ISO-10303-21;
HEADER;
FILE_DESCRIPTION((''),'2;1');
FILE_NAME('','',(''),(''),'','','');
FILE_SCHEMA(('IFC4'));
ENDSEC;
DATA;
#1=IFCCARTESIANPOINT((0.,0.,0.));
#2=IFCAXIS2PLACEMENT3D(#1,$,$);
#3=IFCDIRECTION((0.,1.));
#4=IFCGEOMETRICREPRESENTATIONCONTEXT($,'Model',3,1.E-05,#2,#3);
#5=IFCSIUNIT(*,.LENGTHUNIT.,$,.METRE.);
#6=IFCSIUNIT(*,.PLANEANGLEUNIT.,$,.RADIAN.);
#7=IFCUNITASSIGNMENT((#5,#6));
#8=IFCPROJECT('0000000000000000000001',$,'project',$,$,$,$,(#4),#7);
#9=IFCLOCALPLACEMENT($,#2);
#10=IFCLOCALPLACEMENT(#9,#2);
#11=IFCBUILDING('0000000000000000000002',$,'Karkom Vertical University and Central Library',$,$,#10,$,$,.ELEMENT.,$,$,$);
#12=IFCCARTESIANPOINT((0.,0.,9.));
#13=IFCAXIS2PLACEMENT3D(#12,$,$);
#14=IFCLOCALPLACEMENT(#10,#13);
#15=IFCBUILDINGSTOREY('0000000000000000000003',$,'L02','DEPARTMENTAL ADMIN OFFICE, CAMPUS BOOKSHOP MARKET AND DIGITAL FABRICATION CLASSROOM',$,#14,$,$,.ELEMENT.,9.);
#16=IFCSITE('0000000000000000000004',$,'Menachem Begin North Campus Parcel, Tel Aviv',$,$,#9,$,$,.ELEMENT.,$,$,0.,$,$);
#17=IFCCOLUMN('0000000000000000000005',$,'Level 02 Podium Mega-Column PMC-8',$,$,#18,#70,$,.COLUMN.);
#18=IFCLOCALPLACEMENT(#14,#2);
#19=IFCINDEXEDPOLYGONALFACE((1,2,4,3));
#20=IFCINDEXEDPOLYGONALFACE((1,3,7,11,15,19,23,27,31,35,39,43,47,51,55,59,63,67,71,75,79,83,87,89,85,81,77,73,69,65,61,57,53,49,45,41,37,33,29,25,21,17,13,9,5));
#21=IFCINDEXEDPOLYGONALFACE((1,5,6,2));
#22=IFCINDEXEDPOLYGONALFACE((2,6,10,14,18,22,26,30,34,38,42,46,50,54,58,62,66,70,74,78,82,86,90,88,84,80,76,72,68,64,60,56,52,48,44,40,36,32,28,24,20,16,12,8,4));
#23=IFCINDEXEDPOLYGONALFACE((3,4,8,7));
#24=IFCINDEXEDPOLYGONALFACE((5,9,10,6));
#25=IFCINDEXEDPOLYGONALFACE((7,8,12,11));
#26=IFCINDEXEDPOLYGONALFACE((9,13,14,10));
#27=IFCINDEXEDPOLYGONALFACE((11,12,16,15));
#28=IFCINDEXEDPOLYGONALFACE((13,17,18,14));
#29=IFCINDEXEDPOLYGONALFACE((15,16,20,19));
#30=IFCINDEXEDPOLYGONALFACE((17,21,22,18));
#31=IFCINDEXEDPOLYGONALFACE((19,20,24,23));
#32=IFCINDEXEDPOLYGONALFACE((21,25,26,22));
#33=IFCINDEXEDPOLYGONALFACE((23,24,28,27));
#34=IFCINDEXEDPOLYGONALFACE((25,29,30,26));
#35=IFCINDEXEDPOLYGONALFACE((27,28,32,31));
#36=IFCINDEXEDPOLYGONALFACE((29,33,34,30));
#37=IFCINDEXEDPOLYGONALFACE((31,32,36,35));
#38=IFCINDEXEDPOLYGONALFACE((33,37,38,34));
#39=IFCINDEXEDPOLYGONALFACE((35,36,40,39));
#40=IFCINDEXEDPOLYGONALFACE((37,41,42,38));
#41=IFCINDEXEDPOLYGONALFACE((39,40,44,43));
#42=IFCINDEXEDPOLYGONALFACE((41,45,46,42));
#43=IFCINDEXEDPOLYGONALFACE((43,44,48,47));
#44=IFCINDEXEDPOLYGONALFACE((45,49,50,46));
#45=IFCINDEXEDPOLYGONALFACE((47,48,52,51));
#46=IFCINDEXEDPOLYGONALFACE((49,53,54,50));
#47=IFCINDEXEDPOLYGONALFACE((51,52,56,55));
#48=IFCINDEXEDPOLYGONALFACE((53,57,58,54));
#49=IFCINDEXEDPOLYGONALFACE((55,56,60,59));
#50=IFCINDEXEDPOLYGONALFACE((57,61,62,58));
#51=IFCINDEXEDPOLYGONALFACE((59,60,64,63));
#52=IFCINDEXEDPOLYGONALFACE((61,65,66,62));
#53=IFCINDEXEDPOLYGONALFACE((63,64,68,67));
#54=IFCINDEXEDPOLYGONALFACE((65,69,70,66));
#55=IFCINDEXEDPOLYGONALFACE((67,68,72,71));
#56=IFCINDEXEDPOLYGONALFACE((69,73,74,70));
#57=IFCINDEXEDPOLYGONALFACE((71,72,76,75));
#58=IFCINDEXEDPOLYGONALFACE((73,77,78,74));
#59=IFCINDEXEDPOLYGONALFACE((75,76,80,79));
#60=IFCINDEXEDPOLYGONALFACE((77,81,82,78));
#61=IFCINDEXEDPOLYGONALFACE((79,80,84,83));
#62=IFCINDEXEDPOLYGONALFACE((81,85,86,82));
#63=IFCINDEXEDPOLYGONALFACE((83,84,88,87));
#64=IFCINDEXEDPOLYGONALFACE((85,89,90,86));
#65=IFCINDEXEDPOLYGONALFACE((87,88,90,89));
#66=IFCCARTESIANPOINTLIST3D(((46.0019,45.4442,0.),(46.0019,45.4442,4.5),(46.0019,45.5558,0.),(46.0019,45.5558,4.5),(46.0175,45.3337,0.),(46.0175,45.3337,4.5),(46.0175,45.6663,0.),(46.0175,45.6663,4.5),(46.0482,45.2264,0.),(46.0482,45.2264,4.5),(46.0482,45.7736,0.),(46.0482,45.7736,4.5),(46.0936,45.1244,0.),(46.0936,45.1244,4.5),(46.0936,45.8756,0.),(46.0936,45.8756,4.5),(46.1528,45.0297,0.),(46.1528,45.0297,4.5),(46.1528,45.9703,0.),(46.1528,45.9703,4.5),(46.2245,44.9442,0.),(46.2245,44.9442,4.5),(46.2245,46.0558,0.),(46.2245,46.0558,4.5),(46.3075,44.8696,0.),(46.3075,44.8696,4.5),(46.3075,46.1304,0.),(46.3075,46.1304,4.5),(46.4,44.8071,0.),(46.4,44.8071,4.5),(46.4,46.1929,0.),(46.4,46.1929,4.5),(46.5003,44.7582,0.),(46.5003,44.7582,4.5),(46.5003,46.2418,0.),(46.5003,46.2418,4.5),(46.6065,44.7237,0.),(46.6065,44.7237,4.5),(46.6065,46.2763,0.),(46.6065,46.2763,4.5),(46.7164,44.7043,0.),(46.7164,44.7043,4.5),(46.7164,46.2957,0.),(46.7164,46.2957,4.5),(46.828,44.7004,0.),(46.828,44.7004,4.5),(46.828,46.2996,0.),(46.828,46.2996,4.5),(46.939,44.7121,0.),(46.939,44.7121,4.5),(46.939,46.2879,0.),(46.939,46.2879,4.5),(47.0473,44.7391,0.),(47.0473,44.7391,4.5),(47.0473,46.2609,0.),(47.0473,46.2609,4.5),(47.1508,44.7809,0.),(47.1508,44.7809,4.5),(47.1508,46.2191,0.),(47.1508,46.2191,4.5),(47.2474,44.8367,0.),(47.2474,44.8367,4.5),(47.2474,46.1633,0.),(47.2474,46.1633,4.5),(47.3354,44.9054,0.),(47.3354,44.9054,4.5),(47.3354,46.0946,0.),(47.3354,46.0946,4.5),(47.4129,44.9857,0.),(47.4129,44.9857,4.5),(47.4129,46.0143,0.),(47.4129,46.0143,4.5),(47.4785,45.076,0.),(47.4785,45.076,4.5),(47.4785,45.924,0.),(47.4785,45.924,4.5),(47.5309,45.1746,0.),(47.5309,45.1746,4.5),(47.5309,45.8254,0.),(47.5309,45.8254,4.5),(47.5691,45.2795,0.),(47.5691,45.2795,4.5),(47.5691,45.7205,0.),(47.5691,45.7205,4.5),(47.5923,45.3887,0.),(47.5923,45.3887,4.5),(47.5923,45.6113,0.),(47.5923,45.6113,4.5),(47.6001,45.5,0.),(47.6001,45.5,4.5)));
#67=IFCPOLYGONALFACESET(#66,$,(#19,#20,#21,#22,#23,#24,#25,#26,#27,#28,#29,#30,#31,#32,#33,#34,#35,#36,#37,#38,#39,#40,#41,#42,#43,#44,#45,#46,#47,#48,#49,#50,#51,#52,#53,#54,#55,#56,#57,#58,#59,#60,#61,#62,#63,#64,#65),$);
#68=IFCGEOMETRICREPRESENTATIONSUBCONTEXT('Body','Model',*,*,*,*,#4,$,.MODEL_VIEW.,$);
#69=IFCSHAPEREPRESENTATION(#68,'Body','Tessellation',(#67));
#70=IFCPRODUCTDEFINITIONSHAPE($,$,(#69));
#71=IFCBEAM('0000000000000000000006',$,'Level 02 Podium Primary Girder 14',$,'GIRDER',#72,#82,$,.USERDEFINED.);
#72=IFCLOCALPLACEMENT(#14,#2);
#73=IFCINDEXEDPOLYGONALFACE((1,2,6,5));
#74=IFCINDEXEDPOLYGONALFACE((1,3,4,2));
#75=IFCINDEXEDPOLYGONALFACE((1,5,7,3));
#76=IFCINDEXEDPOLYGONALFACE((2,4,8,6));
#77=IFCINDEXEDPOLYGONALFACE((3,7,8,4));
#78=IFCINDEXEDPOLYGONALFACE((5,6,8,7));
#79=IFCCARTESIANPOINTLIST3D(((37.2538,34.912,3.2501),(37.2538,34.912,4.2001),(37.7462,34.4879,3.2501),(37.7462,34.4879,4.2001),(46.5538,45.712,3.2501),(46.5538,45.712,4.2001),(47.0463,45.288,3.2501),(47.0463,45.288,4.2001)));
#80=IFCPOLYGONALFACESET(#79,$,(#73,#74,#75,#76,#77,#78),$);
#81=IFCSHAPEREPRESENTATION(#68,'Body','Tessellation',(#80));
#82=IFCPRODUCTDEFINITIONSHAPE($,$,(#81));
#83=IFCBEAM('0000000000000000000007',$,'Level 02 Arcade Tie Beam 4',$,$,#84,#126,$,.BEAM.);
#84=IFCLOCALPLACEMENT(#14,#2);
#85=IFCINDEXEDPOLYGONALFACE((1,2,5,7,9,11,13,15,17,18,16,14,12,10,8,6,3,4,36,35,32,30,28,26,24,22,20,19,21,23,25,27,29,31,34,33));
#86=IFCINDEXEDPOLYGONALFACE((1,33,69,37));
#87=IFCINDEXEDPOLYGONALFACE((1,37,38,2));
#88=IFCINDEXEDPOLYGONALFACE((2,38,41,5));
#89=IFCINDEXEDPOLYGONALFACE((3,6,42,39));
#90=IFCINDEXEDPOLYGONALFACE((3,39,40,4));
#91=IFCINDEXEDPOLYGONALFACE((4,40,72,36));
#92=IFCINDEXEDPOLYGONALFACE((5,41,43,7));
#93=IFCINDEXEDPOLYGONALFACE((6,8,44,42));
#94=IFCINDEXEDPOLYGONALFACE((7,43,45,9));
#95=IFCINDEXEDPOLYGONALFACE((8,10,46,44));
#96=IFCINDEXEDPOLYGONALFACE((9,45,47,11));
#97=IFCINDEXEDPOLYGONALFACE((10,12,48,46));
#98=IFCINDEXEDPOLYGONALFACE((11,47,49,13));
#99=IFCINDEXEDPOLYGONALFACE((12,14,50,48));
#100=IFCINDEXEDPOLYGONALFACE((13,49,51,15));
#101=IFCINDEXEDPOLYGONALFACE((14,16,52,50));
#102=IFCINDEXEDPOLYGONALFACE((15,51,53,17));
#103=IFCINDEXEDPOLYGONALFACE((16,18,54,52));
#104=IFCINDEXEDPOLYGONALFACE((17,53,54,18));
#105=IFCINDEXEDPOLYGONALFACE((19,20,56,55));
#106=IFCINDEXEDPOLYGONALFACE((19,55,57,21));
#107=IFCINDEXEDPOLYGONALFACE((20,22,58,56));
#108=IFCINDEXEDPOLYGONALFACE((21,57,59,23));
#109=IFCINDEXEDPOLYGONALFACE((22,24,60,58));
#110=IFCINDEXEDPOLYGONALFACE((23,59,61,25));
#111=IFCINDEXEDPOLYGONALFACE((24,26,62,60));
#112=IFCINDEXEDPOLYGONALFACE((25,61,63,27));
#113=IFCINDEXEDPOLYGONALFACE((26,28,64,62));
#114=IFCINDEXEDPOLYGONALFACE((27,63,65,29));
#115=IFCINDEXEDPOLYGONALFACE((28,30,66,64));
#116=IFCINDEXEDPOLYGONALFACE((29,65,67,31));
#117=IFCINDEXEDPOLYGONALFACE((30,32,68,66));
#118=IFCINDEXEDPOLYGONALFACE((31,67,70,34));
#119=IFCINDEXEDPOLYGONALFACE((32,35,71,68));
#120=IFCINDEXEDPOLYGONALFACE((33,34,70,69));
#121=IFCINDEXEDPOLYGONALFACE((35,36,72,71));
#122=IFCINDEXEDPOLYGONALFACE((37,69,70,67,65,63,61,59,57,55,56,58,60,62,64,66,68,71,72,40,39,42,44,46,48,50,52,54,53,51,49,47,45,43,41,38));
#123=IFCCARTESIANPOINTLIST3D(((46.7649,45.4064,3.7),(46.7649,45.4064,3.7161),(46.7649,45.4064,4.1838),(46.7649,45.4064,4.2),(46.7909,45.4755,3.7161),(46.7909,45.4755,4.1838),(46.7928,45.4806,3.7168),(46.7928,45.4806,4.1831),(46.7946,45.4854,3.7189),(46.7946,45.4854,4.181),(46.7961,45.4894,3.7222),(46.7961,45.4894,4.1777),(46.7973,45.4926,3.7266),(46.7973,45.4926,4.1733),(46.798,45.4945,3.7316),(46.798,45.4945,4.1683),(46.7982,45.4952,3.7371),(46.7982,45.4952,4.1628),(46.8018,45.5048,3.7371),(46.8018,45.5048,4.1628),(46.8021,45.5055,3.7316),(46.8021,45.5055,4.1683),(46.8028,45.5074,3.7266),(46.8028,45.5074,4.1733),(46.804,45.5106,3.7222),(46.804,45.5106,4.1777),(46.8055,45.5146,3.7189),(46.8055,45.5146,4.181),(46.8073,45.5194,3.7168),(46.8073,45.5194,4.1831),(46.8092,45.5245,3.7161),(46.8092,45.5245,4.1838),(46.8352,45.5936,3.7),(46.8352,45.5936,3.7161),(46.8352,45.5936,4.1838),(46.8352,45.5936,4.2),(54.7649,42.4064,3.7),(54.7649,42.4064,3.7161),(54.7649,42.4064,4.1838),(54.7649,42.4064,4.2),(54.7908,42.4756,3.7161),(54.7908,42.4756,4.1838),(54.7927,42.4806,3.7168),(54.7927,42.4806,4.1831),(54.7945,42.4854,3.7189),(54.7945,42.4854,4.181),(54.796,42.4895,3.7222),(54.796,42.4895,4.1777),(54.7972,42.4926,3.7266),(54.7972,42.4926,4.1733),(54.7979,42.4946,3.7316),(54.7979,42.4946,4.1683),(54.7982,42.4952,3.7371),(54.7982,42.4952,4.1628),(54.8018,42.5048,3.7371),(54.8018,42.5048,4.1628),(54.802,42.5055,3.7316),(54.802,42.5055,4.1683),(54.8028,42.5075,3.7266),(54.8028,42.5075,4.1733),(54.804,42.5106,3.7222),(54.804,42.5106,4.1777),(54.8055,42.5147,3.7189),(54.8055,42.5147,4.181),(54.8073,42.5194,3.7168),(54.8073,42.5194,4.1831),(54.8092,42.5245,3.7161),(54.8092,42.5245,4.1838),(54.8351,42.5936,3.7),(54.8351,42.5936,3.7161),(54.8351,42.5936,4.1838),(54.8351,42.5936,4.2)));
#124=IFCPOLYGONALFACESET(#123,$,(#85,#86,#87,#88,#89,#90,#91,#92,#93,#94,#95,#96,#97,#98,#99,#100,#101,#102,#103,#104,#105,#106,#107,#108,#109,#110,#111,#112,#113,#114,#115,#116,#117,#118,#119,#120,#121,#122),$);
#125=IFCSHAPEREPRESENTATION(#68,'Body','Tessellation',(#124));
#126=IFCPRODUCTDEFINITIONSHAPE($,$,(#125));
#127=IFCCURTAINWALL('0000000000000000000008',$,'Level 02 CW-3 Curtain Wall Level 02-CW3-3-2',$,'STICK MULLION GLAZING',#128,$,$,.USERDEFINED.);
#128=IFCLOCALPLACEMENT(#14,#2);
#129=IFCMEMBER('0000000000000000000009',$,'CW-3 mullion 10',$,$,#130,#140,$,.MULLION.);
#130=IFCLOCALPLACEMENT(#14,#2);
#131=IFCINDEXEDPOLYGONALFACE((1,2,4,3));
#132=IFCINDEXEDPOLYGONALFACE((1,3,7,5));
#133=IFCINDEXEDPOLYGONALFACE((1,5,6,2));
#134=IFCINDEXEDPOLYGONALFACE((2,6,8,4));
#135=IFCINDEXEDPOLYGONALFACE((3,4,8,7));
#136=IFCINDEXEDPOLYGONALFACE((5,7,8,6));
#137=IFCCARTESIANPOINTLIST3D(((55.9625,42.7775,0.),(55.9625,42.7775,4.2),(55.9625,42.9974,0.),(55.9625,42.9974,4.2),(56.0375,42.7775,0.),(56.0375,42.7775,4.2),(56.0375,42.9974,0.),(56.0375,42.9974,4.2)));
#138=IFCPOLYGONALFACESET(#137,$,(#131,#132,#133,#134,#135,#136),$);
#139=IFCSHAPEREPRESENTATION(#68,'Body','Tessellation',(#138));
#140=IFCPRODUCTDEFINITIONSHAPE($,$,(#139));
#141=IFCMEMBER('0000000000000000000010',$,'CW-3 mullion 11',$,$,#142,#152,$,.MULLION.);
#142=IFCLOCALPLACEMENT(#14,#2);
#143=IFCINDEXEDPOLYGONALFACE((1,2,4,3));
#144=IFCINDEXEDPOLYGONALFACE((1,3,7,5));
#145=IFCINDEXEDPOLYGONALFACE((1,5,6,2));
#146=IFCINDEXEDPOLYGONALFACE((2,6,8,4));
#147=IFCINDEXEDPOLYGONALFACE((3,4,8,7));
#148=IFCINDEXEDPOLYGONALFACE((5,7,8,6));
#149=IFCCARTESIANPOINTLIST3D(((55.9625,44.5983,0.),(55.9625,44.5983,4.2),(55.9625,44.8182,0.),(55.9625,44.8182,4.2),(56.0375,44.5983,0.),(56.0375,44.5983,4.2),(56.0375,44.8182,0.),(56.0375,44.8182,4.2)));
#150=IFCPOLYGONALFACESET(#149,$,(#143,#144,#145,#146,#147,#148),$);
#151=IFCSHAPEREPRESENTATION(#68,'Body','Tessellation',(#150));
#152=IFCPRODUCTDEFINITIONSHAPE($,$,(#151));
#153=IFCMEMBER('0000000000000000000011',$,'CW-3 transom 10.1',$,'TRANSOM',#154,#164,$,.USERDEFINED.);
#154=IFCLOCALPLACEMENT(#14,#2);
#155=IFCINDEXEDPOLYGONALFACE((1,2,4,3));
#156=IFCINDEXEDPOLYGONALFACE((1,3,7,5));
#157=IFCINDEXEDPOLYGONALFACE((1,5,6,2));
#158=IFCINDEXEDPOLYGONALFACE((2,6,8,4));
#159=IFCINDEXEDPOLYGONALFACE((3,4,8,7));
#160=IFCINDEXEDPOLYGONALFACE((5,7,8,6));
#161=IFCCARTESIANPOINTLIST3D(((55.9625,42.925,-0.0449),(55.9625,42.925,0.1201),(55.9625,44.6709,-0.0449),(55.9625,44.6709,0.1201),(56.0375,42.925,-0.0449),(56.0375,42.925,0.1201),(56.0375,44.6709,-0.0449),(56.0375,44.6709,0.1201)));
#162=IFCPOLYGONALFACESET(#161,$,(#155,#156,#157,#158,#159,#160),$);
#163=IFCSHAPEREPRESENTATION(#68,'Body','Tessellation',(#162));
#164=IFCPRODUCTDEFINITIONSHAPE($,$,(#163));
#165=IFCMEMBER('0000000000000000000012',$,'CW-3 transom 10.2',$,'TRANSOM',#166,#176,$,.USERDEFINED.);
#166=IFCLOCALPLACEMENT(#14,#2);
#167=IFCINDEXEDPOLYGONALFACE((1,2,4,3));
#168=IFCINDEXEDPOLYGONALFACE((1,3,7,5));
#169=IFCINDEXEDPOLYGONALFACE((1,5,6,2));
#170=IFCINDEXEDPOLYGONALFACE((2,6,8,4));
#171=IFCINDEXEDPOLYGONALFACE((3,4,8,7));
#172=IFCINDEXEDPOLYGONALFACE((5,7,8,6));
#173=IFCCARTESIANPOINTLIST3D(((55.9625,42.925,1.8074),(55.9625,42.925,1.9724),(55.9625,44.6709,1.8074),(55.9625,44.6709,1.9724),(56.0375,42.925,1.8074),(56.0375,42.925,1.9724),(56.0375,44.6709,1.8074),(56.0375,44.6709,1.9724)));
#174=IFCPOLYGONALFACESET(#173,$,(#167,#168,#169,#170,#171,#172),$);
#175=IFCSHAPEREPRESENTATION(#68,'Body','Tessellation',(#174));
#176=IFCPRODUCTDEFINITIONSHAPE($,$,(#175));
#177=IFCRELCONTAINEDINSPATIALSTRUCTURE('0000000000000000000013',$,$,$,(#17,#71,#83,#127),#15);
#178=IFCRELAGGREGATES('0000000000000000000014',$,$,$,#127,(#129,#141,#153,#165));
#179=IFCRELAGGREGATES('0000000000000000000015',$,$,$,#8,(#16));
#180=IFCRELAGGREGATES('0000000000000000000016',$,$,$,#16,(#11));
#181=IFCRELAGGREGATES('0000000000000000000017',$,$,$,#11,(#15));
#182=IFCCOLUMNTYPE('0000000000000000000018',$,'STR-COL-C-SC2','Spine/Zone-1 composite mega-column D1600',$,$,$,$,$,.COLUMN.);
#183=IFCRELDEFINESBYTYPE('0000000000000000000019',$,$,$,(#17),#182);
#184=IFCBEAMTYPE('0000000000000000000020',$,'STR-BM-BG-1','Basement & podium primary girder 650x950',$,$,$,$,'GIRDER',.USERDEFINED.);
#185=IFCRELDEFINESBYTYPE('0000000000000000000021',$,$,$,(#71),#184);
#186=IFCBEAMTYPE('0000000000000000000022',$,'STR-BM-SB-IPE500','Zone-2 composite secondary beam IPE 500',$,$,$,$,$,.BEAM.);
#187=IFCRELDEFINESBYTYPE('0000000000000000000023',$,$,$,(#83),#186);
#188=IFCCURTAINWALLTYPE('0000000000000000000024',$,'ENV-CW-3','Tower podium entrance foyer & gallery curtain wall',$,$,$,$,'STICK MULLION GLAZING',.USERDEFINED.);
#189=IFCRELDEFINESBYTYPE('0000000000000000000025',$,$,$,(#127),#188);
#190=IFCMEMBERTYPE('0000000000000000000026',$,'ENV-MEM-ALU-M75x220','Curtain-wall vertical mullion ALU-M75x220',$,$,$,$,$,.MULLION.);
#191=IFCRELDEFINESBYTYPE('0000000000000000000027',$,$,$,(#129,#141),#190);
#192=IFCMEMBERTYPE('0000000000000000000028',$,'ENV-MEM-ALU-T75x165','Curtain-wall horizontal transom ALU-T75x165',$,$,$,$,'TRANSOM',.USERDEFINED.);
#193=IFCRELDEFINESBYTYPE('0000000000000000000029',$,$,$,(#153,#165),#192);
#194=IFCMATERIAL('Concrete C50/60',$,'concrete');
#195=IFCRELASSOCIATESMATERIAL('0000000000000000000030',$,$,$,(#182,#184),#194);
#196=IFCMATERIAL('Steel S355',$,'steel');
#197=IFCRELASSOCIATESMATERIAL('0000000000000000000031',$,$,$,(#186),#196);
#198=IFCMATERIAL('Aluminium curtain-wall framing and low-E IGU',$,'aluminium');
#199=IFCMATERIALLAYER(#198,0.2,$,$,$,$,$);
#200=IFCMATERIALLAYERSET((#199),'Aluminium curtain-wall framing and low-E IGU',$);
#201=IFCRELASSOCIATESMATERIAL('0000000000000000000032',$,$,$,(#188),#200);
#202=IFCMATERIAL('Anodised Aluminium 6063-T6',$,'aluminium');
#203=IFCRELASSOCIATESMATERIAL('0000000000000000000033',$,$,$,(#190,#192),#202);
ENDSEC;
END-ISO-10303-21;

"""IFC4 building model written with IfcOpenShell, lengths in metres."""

from ifc_helpers import new_model, si_unit, direction, frame, origin, origin_with_axes, origin_2d, place, context, subcontext, project, spatial, rectangle, circle, i_section, extrude, source, transform, mapped, material, layer, layer_set, material_profile, profile_set, type_object, element, aggregate, save


model = new_model("IFC4")

# Units and contexts
model_context = context("Model", 3, precision=1e-05, world=origin(), true_north=direction((0.0, 1.0)))
body_context = subcontext(model_context, "Body", "Model", "MODEL_VIEW")
ifc_project = project(units=[si_unit("LENGTHUNIT", "METRE"), si_unit("PLANEANGLEUNIT", "RADIAN")], contexts=[model_context])

# Site, building, storey
site_placement = place(None, origin())
site = spatial("IfcSite", under=ifc_project, at=site_placement, Name="Menachem Begin North Campus Parcel, Tel Aviv", CompositionType="ELEMENT", RefElevation=0.0)
building_placement = place(site_placement, origin())
building = spatial("IfcBuilding", under=site, at=building_placement, Name="Karkom Vertical University and Central Library", CompositionType="ELEMENT")
storey_placement = place(building_placement, frame((0.0, 0.0, 9.0)))
storey = spatial("IfcBuildingStorey", under=building, at=storey_placement, Name="L02", Description="DEPARTMENTAL ADMIN OFFICE, CAMPUS BOOKSHOP MARKET AND DIGITAL FABRICATION CLASSROOM", CompositionType="ELEMENT", Elevation=9.0)

# Column
ifc_material_1 = material(Name="Concrete C50/60", Category="concrete")
ifc_material_profile_1 = material_profile(ifc_material_1, circle(Radius=0.8, at=origin_2d()), Name="CFT-D1600")
ifc_profile_set_1 = profile_set([ifc_material_profile_1], Name="Concrete C50/60")
column_type = type_object("IfcColumnType", Name="STR-COL-C-SC2", Description="Spine/Zone-1 composite mega-column D1600", PredefinedType="COLUMN", material=ifc_profile_set_1)
shared_shape_1 = source(origin_with_axes(), body_context, "Body", "SweptSolid", [
    extrude(circle(Radius=0.8, at=origin_2d()), origin(), (0.0, 0.0, 1.0), 4.5),
])
column_placement = place(storey_placement, frame((46.8, 45.5, 0.0), z_axis=(0.0, 0.0, 1.0), x_axis=(1.0, 0.0, 0.0)))
element("IfcColumn", 1, at=column_placement, inside=storey, type_object=column_type, Name="Level 02 Podium Mega-Column PMC-8", PredefinedType="COLUMN", context=body_context, shape_type="MappedRepresentation", body=[
    mapped(shared_shape_1, transform((0.0, 0.0, 0.0), scale=1.0)),
])

# Beams
ifc_material_profile_2 = material_profile(ifc_material_1, rectangle(XDim=0.6499, YDim=0.95, at=origin_2d()), Name="RCG-650x950")
ifc_profile_set_2 = profile_set([ifc_material_profile_2], Name="Concrete C50/60")
beam_type_1 = type_object("IfcBeamType", Name="STR-BM-BG-1", Description="Basement & podium primary girder 650x950", ElementType="GIRDER", PredefinedType="USERDEFINED", material=ifc_profile_set_2)
shared_shape_2 = source(origin_with_axes(), body_context, "Body", "SweptSolid", [
    extrude(rectangle(XDim=0.6499, YDim=0.95, at=origin_2d()), origin(), (0.0, 0.0, 1.0), 14.2524),
])
beam_1_placement = place(storey_placement, frame((46.8, 45.5, 3.7251), z_axis=(-0.652523, -0.757769, 0.0), x_axis=(0.757769, -0.652523, 0.0)))
element("IfcBeam", 2, at=beam_1_placement, inside=storey, type_object=beam_type_1, Name="Level 02 Podium Primary Girder 14", ObjectType="GIRDER", PredefinedType="USERDEFINED", context=body_context, shape_type="MappedRepresentation", body=[
    mapped(shared_shape_2, transform((0.0, 0.0, 0.0), scale=1.0)),
])
ifc_material_2 = material(Name="Steel S355", Category="steel")
ifc_material_profile_3 = material_profile(ifc_material_2, i_section(OverallWidth=0.2, OverallDepth=0.5, WebThickness=0.0103, FlangeThickness=0.0161, FilletRadius=0.021, at=origin_2d()), Name="IPE 500")
ifc_profile_set_3 = profile_set([ifc_material_profile_3], Name="Steel S355")
beam_type_2 = type_object("IfcBeamType", Name="STR-BM-SB-IPE500", Description="Zone-2 composite secondary beam IPE 500", PredefinedType="BEAM", material=ifc_profile_set_3)
shared_shape_3 = source(origin_with_axes(), body_context, "Body", "SweptSolid", [
    extrude(i_section(OverallWidth=0.2, OverallDepth=0.5, WebThickness=0.0103, FlangeThickness=0.0161, FilletRadius=0.021, at=origin_2d()), origin(), (0.0, 0.0, 1.0), 8.5439),
])
beam_2_placement = place(storey_placement, frame((46.8, 45.5, 3.95), z_axis=(0.936329, -0.351123, 0.0), x_axis=(0.351123, 0.936329, 0.0)))
element("IfcBeam", 3, at=beam_2_placement, inside=storey, type_object=beam_type_2, Name="Level 02 Arcade Tie Beam 4", PredefinedType="BEAM", context=body_context, shape_type="MappedRepresentation", body=[
    mapped(shared_shape_3, transform((0.0, 0.0, 0.0), scale=1.0)),
])

# Curtain wall, members
ifc_material_3 = material(Name="Aluminium curtain-wall framing and low-E IGU", Category="aluminium")
ifc_layer_1 = layer(ifc_material_3, 0.2)
ifc_layer_set_1 = layer_set([ifc_layer_1], Name="Aluminium curtain-wall framing and low-E IGU")
curtain_wall_type = type_object("IfcCurtainWallType", Name="ENV-CW-3", Description="Tower podium entrance foyer & gallery curtain wall", ElementType="STICK MULLION GLAZING", PredefinedType="USERDEFINED", material=ifc_layer_set_1)
curtain_wall_placement = place(storey_placement, origin())
curtain_wall = element("IfcCurtainWall", 4, at=curtain_wall_placement, inside=storey, type_object=curtain_wall_type, Name="Level 02 CW-3 Curtain Wall Level 02-CW3-3-2", ObjectType="STICK MULLION GLAZING", PredefinedType="USERDEFINED")
ifc_material_4 = material(Name="Anodised Aluminium 6063-T6", Category="aluminium")
ifc_material_profile_4 = material_profile(ifc_material_4, rectangle(XDim=0.075, YDim=0.22, at=origin_2d()), Name="ALU-M75x220")
ifc_profile_set_4 = profile_set([ifc_material_profile_4], Name="Anodised Aluminium 6063-T6")
member_type_1 = type_object("IfcMemberType", Name="ENV-MEM-ALU-M75x220", Description="Curtain-wall vertical mullion ALU-M75x220", PredefinedType="MULLION", material=ifc_profile_set_4)
shared_shape_4 = source(origin_with_axes(), body_context, "Body", "SweptSolid", [
    extrude(rectangle(XDim=0.075, YDim=0.22, at=origin_2d()), origin(), (0.0, 0.0, 1.0), 4.2),
])
member_1_placement = place(storey_placement, frame((56.0, 42.8875, 0.0), z_axis=(0.0, 0.0, 1.0), x_axis=(-1.0, 0.0, 0.0)))
member_1 = element("IfcMember", 5, at=member_1_placement, type_object=member_type_1, Name="CW-3 mullion 10", PredefinedType="MULLION", context=body_context, shape_type="MappedRepresentation", body=[
    mapped(shared_shape_4, transform((0.0, 0.0, 0.0), scale=1.0)),
])
member_2_placement = place(storey_placement, frame((56.0, 44.7083, 0.0), z_axis=(0.0, 0.0, 1.0), x_axis=(-1.0, 0.0, 0.0)))
member_2 = element("IfcMember", 6, at=member_2_placement, type_object=member_type_1, Name="CW-3 mullion 11", PredefinedType="MULLION", context=body_context, shape_type="MappedRepresentation", body=[
    mapped(shared_shape_4, transform((0.0, 0.0, 0.0), scale=1.0)),
])
ifc_material_profile_5 = material_profile(ifc_material_4, rectangle(XDim=0.075, YDim=0.165, at=origin_2d()), Name="ALU-T75x165")
ifc_profile_set_5 = profile_set([ifc_material_profile_5], Name="Anodised Aluminium 6063-T6")
member_type_2 = type_object("IfcMemberType", Name="ENV-MEM-ALU-T75x165", Description="Curtain-wall horizontal transom ALU-T75x165", ElementType="TRANSOM", PredefinedType="USERDEFINED", material=ifc_profile_set_5)
shared_shape_5 = source(origin_with_axes(), body_context, "Body", "SweptSolid", [
    extrude(rectangle(XDim=0.075, YDim=0.165, at=origin_2d()), origin(), (0.0, 0.0, 1.0), 1.7458),
])
member_3_placement = place(storey_placement, frame((56.0, 42.925, 0.0376), z_axis=(0.0, 1.0, 0.0), x_axis=(-1.0, 0.0, 0.0)))
member_3 = element("IfcMember", 7, at=member_3_placement, type_object=member_type_2, Name="CW-3 transom 10.1", ObjectType="TRANSOM", PredefinedType="USERDEFINED", context=body_context, shape_type="MappedRepresentation", body=[
    mapped(shared_shape_5, transform((0.0, 0.0, 0.0), scale=1.0)),
])
member_4_placement = place(storey_placement, frame((56.0, 42.925, 1.8899), z_axis=(0.0, 1.0, 0.0), x_axis=(-1.0, 0.0, 0.0)))
member_4 = element("IfcMember", 8, at=member_4_placement, type_object=member_type_2, Name="CW-3 transom 10.2", ObjectType="TRANSOM", PredefinedType="USERDEFINED", context=body_context, shape_type="MappedRepresentation", body=[
    mapped(shared_shape_5, transform((0.0, 0.0, 0.0), scale=1.0)),
])
aggregate(curtain_wall, [member_1, member_2, member_3, member_4])

save(model, "model.ifc")
